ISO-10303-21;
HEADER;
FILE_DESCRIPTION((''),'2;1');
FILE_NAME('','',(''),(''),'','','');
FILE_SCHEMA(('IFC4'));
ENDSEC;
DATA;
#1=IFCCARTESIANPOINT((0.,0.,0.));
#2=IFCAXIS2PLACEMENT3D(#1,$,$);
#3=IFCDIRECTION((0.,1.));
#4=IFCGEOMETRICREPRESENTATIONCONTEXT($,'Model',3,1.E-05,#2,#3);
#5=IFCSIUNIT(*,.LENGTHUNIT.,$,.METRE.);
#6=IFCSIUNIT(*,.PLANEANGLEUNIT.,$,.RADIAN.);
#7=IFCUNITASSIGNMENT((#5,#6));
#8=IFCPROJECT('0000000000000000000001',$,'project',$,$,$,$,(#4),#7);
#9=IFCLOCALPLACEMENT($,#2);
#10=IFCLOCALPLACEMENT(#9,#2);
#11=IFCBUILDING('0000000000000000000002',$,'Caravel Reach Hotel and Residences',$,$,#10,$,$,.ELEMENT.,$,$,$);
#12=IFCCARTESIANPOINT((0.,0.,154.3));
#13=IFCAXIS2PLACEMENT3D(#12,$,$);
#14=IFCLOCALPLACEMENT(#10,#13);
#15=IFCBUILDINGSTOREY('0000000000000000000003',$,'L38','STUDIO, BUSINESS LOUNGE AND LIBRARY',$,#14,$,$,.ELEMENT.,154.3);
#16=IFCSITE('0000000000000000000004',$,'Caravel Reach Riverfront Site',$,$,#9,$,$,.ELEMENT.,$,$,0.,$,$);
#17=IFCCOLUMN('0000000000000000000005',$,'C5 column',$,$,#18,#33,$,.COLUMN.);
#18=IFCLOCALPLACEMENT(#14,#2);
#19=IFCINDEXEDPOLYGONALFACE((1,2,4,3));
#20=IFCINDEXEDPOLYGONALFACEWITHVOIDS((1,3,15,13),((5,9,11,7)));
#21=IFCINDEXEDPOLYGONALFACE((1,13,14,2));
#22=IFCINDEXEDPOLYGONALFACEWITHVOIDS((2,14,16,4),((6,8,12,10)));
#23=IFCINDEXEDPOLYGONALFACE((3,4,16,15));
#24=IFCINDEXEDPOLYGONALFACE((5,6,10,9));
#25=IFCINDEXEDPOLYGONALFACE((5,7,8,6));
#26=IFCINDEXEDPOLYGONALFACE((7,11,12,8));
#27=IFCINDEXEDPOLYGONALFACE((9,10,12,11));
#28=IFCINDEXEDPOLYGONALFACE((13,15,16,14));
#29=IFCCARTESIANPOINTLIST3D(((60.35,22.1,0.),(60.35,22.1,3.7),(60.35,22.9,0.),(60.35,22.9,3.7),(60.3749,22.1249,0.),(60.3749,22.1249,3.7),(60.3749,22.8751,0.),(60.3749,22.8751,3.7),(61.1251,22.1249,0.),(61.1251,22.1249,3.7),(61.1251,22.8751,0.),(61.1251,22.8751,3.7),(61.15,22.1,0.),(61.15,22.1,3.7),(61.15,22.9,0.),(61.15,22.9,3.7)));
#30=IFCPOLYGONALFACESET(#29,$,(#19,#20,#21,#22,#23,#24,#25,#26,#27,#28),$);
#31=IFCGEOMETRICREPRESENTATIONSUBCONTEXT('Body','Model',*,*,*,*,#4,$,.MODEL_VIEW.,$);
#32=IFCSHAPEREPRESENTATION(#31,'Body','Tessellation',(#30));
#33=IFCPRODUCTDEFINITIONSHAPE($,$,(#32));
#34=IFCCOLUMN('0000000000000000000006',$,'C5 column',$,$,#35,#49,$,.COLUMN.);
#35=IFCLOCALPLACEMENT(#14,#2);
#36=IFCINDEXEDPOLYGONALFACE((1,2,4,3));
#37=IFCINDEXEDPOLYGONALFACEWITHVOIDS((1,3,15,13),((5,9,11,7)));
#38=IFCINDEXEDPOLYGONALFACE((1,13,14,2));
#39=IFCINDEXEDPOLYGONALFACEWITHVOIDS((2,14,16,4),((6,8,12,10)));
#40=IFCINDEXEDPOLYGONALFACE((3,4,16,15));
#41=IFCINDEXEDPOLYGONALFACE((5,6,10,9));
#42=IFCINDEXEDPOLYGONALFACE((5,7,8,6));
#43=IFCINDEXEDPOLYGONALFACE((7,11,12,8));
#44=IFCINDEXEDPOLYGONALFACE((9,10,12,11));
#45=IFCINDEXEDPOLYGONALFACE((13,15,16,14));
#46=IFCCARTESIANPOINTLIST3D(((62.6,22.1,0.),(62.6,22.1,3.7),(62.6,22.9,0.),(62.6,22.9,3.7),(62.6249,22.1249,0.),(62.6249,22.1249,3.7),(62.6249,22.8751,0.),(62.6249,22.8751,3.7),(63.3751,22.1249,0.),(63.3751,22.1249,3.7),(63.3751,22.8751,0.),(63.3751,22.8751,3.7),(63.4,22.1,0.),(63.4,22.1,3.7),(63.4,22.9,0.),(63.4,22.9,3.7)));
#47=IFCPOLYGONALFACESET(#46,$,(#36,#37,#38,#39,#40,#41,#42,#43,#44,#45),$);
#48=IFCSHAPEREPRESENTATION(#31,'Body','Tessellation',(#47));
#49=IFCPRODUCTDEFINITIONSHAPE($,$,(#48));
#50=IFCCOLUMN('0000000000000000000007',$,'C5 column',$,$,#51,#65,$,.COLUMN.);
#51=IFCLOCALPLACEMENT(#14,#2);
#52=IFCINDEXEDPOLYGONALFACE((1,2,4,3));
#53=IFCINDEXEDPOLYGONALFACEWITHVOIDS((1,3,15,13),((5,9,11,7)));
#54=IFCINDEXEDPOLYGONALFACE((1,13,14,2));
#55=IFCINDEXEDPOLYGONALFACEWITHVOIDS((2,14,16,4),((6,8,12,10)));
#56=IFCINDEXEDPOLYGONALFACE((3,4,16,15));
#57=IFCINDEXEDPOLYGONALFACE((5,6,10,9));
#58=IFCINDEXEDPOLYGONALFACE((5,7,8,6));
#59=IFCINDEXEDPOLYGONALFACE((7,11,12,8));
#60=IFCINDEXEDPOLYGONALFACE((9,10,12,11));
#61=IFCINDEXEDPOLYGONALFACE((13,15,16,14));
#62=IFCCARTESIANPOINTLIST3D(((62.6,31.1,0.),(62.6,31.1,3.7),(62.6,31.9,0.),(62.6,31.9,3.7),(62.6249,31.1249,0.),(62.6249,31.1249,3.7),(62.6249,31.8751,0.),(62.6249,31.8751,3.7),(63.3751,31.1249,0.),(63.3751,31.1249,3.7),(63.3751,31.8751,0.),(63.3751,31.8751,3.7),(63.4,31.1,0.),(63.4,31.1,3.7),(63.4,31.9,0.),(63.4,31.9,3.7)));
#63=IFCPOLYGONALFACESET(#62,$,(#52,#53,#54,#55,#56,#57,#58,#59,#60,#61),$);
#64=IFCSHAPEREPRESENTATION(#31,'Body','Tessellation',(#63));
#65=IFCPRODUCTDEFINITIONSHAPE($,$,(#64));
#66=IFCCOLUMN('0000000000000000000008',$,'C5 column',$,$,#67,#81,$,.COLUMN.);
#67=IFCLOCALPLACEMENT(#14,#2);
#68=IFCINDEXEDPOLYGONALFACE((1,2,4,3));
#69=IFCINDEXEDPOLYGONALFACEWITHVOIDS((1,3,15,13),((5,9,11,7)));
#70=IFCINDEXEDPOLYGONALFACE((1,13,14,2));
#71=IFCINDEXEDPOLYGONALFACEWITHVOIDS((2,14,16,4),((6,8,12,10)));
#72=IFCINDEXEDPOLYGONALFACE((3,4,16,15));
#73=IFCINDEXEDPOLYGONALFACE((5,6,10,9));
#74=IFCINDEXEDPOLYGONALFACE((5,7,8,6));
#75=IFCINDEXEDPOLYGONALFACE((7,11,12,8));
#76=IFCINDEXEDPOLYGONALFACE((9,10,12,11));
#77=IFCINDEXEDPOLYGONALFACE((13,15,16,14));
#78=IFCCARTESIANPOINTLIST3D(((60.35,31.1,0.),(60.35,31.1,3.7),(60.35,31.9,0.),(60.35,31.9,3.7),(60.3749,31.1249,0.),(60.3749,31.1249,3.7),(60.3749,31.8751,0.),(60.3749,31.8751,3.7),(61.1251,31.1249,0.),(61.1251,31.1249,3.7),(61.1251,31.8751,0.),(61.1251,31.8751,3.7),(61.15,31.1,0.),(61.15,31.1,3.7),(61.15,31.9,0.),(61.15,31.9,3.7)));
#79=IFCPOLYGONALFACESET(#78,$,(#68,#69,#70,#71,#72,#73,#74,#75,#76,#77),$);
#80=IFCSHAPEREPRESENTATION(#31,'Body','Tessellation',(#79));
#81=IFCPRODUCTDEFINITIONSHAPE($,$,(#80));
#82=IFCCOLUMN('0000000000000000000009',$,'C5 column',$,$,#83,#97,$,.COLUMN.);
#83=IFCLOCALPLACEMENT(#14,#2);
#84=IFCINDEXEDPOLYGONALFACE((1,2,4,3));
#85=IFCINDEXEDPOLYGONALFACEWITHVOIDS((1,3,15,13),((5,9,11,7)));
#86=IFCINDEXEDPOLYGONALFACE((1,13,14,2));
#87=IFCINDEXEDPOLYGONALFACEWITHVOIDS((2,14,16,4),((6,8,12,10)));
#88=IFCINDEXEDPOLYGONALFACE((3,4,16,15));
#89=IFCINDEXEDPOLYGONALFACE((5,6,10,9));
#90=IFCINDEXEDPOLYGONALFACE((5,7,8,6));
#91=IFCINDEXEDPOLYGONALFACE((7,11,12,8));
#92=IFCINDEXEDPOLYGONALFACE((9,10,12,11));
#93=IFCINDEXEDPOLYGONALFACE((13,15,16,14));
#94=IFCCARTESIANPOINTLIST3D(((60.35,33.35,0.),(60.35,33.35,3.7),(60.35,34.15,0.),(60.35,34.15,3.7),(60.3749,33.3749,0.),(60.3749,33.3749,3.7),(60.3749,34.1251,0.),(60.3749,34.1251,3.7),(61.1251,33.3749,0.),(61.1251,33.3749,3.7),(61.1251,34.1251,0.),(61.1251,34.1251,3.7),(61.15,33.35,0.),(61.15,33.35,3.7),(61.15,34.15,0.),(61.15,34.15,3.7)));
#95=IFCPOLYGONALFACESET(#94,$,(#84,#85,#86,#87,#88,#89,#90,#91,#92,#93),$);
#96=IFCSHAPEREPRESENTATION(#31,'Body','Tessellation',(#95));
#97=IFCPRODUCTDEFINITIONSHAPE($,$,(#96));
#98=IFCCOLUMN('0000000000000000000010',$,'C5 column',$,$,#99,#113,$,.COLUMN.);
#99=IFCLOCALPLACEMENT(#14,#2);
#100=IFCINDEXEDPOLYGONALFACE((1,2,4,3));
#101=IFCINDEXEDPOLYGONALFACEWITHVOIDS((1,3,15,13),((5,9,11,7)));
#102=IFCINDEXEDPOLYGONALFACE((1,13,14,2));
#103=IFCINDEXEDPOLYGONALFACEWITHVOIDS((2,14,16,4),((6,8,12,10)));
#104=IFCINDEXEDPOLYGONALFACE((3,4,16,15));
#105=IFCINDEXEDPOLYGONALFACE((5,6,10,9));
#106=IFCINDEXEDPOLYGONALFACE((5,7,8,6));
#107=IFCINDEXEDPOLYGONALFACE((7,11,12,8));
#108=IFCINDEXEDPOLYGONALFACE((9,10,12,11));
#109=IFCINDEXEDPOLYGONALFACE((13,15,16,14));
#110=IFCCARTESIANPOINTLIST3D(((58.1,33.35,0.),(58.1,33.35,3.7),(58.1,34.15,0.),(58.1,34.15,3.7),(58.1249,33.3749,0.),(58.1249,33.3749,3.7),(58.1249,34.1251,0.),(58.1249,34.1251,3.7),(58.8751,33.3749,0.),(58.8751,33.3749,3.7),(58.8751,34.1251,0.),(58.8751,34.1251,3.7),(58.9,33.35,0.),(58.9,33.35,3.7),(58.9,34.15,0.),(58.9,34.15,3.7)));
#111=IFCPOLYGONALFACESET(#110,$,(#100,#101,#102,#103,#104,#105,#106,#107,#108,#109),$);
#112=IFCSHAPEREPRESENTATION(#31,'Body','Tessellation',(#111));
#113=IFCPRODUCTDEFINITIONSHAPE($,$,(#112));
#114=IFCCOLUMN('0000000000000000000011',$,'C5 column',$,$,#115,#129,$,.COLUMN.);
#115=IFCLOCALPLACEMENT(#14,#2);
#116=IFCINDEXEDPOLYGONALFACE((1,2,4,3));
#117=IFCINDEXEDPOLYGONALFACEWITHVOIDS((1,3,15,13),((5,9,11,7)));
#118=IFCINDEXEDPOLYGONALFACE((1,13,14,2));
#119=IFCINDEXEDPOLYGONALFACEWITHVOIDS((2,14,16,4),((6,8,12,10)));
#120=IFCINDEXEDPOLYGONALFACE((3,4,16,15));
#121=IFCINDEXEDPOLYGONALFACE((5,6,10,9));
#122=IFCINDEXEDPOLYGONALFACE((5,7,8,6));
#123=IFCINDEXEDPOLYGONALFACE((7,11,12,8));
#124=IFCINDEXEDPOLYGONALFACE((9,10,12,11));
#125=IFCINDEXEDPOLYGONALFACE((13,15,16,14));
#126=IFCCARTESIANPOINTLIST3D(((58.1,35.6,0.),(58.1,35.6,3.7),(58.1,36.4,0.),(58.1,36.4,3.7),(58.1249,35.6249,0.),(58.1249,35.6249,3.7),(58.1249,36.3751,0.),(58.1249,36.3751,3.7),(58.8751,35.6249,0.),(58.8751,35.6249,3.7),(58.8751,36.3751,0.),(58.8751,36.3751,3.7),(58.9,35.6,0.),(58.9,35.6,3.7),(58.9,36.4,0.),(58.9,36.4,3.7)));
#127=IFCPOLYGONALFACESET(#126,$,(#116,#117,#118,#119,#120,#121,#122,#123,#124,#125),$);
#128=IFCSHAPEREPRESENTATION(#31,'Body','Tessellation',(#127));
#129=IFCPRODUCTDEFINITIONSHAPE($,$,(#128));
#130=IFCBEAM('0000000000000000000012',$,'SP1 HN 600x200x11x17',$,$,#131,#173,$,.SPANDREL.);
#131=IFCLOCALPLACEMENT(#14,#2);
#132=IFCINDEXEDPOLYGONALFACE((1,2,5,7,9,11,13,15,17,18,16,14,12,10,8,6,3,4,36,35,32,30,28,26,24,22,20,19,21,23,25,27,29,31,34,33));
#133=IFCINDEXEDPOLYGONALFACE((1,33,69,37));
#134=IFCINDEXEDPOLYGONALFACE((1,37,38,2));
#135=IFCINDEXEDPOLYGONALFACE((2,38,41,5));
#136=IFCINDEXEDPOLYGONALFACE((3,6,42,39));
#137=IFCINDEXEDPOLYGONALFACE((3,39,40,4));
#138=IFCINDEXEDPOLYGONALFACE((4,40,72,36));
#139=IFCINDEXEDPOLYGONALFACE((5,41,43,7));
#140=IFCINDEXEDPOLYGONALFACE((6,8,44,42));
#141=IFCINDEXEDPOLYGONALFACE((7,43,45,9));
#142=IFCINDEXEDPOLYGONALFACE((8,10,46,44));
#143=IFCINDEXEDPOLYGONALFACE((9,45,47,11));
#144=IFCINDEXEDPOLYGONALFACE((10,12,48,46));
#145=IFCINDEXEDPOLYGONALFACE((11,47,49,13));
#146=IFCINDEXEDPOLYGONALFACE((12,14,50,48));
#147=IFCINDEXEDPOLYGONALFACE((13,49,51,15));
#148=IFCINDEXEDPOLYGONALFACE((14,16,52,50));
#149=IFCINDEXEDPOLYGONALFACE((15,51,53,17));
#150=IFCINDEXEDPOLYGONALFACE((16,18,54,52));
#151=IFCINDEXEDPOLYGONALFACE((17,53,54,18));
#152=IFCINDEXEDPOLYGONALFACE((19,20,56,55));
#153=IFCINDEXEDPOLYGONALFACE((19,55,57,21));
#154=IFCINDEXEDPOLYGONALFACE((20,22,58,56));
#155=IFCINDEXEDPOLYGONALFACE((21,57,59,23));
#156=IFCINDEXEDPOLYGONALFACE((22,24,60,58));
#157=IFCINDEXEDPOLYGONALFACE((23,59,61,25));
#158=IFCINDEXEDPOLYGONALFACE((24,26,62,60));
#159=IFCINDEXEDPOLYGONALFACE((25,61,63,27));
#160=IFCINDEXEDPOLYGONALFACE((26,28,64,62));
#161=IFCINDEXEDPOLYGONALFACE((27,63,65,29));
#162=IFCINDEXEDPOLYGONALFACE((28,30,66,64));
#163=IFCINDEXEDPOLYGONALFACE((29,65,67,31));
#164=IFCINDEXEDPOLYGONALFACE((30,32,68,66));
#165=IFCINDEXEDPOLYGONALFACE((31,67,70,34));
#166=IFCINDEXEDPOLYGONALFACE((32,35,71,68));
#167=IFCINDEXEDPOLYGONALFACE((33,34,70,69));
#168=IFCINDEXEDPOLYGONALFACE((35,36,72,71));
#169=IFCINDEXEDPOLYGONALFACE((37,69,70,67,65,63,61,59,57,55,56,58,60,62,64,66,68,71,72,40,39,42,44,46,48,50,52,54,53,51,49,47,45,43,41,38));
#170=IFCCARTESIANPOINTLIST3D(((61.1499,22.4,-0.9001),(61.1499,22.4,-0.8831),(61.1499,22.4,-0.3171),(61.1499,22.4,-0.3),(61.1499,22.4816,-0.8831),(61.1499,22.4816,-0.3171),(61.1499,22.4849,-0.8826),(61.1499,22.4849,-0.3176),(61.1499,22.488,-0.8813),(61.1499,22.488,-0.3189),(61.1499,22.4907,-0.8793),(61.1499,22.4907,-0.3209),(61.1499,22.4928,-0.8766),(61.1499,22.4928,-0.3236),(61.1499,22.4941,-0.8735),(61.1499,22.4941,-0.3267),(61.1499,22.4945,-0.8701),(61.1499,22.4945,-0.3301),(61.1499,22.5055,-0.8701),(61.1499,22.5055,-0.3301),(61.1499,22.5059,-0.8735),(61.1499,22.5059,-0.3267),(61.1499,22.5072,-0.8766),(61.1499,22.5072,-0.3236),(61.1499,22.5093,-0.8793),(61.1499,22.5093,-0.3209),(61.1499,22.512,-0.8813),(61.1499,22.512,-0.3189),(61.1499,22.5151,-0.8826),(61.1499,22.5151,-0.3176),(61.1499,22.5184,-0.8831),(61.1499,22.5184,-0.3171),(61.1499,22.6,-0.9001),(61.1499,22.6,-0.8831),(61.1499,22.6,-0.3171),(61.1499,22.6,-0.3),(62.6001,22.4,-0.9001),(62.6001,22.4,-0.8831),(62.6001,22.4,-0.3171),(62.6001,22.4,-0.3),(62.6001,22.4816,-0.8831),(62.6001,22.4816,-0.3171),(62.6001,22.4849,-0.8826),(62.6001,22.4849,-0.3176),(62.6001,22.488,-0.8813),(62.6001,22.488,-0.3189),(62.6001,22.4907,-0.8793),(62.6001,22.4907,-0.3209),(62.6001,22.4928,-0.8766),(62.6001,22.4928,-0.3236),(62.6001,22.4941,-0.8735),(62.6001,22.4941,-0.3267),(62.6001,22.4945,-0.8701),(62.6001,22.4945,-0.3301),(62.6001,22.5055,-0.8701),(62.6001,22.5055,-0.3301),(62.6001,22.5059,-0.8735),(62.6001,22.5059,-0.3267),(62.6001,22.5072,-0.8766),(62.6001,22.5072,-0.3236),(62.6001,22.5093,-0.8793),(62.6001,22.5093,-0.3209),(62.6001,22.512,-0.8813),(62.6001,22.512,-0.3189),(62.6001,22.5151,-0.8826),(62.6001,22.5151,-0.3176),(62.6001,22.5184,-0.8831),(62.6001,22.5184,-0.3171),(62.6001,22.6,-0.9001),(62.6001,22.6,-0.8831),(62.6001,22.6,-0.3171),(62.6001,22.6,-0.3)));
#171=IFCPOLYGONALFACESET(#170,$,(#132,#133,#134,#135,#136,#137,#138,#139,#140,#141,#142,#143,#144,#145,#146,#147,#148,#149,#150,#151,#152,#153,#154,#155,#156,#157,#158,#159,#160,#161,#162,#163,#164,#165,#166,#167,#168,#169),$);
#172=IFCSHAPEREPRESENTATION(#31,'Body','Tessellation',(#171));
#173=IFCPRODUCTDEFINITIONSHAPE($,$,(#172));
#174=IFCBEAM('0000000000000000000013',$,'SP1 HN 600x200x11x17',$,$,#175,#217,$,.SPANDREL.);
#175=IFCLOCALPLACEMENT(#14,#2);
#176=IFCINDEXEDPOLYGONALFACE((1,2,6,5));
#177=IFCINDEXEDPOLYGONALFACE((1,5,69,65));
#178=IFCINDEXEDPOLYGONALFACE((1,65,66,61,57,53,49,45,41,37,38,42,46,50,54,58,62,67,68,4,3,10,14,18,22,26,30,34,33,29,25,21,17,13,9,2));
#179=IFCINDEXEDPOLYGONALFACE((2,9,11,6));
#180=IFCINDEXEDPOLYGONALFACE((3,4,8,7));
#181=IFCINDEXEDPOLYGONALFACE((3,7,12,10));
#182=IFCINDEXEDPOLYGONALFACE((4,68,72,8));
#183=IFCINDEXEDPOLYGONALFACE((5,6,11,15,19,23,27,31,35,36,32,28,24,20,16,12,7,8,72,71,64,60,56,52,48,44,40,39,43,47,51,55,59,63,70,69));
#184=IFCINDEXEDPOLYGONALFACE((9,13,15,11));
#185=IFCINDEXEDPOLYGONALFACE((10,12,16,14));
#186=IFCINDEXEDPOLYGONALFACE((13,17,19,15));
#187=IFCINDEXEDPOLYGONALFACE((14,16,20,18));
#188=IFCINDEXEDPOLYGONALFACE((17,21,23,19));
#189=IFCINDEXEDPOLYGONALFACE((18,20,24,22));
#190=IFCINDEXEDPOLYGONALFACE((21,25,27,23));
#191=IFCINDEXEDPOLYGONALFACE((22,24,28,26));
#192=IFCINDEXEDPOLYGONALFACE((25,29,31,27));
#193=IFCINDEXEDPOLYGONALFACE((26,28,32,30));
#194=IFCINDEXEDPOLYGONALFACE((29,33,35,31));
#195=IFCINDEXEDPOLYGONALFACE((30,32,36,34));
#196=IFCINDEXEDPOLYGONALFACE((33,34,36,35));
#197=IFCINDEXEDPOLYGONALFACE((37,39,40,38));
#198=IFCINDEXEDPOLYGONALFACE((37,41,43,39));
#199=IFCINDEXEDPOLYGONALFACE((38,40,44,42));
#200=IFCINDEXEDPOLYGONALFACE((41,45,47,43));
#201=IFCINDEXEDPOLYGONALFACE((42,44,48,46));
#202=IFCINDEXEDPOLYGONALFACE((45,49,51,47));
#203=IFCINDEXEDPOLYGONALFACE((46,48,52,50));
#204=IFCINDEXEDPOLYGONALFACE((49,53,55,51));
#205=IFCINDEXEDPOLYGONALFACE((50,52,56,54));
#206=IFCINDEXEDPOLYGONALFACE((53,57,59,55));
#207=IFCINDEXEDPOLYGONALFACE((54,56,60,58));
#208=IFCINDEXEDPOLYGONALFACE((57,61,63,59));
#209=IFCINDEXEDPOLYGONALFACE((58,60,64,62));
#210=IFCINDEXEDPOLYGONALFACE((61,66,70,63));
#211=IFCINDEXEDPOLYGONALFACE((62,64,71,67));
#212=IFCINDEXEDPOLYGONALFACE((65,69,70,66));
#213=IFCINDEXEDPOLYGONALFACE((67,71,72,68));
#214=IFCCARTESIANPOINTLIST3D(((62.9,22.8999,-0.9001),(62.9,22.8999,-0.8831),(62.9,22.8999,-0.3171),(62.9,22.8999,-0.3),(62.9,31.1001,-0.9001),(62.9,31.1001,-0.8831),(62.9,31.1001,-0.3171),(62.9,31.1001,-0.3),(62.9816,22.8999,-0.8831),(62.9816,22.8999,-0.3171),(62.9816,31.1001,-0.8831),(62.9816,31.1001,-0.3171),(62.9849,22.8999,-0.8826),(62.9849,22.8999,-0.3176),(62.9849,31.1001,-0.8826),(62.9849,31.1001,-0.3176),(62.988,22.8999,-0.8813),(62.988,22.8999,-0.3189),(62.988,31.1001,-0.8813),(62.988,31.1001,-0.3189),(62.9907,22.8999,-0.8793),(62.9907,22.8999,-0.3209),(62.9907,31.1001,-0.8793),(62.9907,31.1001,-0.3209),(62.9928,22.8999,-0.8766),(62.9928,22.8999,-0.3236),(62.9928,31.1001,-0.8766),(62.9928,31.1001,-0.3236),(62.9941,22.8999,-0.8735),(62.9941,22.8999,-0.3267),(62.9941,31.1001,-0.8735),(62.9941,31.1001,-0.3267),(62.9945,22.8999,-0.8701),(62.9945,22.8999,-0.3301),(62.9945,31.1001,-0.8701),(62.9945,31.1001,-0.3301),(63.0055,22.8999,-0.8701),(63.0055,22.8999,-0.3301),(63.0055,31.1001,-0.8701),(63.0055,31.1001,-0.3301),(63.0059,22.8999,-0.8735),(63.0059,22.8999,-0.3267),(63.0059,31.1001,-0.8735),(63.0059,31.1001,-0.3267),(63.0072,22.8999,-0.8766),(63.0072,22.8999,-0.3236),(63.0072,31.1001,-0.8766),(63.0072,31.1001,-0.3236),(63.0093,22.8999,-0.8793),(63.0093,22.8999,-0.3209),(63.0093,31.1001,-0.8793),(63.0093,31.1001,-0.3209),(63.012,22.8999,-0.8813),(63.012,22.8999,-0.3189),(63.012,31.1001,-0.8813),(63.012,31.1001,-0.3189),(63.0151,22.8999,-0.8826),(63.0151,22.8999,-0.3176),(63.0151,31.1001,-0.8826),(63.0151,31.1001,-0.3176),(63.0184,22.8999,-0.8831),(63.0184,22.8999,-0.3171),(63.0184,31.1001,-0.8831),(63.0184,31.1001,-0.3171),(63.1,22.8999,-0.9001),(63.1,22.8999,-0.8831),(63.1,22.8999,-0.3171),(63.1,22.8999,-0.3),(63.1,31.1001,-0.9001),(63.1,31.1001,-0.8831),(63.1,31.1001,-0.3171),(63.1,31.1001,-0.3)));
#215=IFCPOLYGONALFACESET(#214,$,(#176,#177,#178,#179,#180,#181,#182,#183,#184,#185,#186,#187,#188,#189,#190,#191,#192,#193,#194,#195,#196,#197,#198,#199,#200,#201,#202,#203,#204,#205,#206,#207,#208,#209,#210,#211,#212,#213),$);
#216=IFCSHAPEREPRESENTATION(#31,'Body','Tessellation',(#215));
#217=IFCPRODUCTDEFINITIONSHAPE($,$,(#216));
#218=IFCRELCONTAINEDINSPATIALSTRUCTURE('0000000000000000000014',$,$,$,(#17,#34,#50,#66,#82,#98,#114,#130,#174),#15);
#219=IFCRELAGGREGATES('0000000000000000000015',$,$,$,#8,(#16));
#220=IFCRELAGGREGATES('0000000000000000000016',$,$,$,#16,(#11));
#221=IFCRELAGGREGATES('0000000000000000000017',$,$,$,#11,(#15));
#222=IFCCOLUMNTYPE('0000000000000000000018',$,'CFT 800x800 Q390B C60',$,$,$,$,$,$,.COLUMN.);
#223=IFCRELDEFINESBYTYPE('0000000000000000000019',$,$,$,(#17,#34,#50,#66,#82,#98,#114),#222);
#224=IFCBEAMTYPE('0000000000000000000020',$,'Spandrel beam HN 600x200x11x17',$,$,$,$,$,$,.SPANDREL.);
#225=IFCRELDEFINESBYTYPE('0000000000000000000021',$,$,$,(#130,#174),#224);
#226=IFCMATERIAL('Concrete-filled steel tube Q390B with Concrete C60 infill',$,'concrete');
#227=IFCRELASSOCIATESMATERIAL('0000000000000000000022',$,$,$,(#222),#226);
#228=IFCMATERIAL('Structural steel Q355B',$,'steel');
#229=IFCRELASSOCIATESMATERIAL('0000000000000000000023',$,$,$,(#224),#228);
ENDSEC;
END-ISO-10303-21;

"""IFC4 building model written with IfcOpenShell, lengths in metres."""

from ifc_helpers import new_model, si_unit, direction, frame, origin, origin_2d, place, context, subcontext, project, spatial, hollow_rectangle, i_section, extrude, material, material_profile, profile_set, type_object, element, save


model = new_model("IFC4")

# Units and contexts
model_context = context("Model", 3, precision=1e-05, world=origin(), true_north=direction((0.0, 1.0)))
body_context = subcontext(model_context, "Body", "Model", "MODEL_VIEW")
ifc_project = project(units=[si_unit("LENGTHUNIT", "METRE"), si_unit("PLANEANGLEUNIT", "RADIAN")], contexts=[model_context])

# Site, building, storey
site_placement = place(None, origin())
site = spatial("IfcSite", under=ifc_project, at=site_placement, Name="Caravel Reach Riverfront Site", CompositionType="ELEMENT", RefElevation=0.0)
building_placement = place(site_placement, origin())
building = spatial("IfcBuilding", under=site, at=building_placement, Name="Caravel Reach Hotel and Residences", CompositionType="ELEMENT")
storey_placement = place(building_placement, frame((0.0, 0.0, 154.3)))
storey = spatial("IfcBuildingStorey", under=building, at=storey_placement, Name="L38", Description="STUDIO, BUSINESS LOUNGE AND LIBRARY", CompositionType="ELEMENT", Elevation=154.3)

# Columns
ifc_material_1 = material(Name="Concrete-filled steel tube Q390B with Concrete C60 infill", Category="concrete")
ifc_material_profile_1 = material_profile(ifc_material_1, hollow_rectangle(XDim=0.8, YDim=0.8, WallThickness=0.0249, at=origin_2d()), Name="RHS 800x800x25")
ifc_profile_set_1 = profile_set([ifc_material_profile_1], Name="Concrete-filled steel tube Q390B with Concrete C60 infill")
column_type = type_object("IfcColumnType", Name="CFT 800x800 Q390B C60", PredefinedType="COLUMN", material=ifc_profile_set_1)
for number, where, z_axis, x_axis, name in (
    (1, (60.75, 22.5, 0.0), (0.0, 0.0, 1.0), (1.0, 0.0, 0.0), "C5 column"),
    (2, (63.0, 22.5, 0.0), (0.0, 0.0, 1.0), (1.0, 0.0, 0.0), "C5 column"),
    (3, (63.0, 31.5, 0.0), (0.0, 0.0, 1.0), (1.0, 0.0, 0.0), "C5 column"),
    (4, (60.75, 31.5, 0.0), (0.0, 0.0, 1.0), (1.0, 0.0, 0.0), "C5 column"),
    (5, (60.75, 33.75, 0.0), (0.0, 0.0, 1.0), (1.0, 0.0, 0.0), "C5 column"),
    (6, (58.5, 33.75, 0.0), (0.0, 0.0, 1.0), (1.0, 0.0, 0.0), "C5 column"),
    (7, (58.5, 36.0, 0.0), (0.0, 0.0, 1.0), (1.0, 0.0, 0.0), "C5 column"),
):
    element("IfcColumn", number, at=place(storey_placement, frame(where, z_axis=z_axis, x_axis=x_axis)), inside=storey, type_object=column_type, Name=name, PredefinedType="COLUMN", context=body_context, shape_type="SweptSolid", body=[
        extrude(hollow_rectangle(XDim=0.8, YDim=0.8, WallThickness=0.0249, at=origin_2d()), origin(), (0.0, 0.0, 1.0), 3.7),
    ])

# Beams
ifc_material_2 = material(Name="Structural steel Q355B", Category="steel")
ifc_material_profile_2 = material_profile(ifc_material_2, i_section(OverallWidth=0.2, OverallDepth=0.6001, WebThickness=0.011, FlangeThickness=0.0171, FilletRadius=0.0129, at=origin_2d()), Name="HN 600x200x11x17")
ifc_profile_set_2 = profile_set([ifc_material_profile_2], Name="Structural steel Q355B")
beam_type = type_object("IfcBeamType", Name="Spandrel beam HN 600x200x11x17", PredefinedType="SPANDREL", material=ifc_profile_set_2)
beam_1_placement = place(storey_placement, frame((61.1499, 22.5, -0.6001), z_axis=(1.0, 0.0, 0.0), x_axis=(0.0, 1.0, 0.0)))
element("IfcBeam", 8, at=beam_1_placement, inside=storey, type_object=beam_type, Name="SP1 HN 600x200x11x17", PredefinedType="SPANDREL", context=body_context, shape_type="SweptSolid", body=[
    extrude(i_section(OverallWidth=0.2, OverallDepth=0.6001, WebThickness=0.011, FlangeThickness=0.0171, FilletRadius=0.0129, at=origin_2d()), origin(), (0.0, 0.0, 1.0), 1.4502),
])
beam_2_placement = place(storey_placement, frame((63.0, 22.8999, -0.6001), z_axis=(0.0, 1.0, 0.0), x_axis=(-1.0, 0.0, 0.0)))
element("IfcBeam", 9, at=beam_2_placement, inside=storey, type_object=beam_type, Name="SP1 HN 600x200x11x17", PredefinedType="SPANDREL", context=body_context, shape_type="SweptSolid", body=[
    extrude(i_section(OverallWidth=0.2, OverallDepth=0.6001, WebThickness=0.011, FlangeThickness=0.0171, FilletRadius=0.0129, at=origin_2d()), origin(), (0.0, 0.0, 1.0), 8.2002),
])

save(model, "model.ifc")
